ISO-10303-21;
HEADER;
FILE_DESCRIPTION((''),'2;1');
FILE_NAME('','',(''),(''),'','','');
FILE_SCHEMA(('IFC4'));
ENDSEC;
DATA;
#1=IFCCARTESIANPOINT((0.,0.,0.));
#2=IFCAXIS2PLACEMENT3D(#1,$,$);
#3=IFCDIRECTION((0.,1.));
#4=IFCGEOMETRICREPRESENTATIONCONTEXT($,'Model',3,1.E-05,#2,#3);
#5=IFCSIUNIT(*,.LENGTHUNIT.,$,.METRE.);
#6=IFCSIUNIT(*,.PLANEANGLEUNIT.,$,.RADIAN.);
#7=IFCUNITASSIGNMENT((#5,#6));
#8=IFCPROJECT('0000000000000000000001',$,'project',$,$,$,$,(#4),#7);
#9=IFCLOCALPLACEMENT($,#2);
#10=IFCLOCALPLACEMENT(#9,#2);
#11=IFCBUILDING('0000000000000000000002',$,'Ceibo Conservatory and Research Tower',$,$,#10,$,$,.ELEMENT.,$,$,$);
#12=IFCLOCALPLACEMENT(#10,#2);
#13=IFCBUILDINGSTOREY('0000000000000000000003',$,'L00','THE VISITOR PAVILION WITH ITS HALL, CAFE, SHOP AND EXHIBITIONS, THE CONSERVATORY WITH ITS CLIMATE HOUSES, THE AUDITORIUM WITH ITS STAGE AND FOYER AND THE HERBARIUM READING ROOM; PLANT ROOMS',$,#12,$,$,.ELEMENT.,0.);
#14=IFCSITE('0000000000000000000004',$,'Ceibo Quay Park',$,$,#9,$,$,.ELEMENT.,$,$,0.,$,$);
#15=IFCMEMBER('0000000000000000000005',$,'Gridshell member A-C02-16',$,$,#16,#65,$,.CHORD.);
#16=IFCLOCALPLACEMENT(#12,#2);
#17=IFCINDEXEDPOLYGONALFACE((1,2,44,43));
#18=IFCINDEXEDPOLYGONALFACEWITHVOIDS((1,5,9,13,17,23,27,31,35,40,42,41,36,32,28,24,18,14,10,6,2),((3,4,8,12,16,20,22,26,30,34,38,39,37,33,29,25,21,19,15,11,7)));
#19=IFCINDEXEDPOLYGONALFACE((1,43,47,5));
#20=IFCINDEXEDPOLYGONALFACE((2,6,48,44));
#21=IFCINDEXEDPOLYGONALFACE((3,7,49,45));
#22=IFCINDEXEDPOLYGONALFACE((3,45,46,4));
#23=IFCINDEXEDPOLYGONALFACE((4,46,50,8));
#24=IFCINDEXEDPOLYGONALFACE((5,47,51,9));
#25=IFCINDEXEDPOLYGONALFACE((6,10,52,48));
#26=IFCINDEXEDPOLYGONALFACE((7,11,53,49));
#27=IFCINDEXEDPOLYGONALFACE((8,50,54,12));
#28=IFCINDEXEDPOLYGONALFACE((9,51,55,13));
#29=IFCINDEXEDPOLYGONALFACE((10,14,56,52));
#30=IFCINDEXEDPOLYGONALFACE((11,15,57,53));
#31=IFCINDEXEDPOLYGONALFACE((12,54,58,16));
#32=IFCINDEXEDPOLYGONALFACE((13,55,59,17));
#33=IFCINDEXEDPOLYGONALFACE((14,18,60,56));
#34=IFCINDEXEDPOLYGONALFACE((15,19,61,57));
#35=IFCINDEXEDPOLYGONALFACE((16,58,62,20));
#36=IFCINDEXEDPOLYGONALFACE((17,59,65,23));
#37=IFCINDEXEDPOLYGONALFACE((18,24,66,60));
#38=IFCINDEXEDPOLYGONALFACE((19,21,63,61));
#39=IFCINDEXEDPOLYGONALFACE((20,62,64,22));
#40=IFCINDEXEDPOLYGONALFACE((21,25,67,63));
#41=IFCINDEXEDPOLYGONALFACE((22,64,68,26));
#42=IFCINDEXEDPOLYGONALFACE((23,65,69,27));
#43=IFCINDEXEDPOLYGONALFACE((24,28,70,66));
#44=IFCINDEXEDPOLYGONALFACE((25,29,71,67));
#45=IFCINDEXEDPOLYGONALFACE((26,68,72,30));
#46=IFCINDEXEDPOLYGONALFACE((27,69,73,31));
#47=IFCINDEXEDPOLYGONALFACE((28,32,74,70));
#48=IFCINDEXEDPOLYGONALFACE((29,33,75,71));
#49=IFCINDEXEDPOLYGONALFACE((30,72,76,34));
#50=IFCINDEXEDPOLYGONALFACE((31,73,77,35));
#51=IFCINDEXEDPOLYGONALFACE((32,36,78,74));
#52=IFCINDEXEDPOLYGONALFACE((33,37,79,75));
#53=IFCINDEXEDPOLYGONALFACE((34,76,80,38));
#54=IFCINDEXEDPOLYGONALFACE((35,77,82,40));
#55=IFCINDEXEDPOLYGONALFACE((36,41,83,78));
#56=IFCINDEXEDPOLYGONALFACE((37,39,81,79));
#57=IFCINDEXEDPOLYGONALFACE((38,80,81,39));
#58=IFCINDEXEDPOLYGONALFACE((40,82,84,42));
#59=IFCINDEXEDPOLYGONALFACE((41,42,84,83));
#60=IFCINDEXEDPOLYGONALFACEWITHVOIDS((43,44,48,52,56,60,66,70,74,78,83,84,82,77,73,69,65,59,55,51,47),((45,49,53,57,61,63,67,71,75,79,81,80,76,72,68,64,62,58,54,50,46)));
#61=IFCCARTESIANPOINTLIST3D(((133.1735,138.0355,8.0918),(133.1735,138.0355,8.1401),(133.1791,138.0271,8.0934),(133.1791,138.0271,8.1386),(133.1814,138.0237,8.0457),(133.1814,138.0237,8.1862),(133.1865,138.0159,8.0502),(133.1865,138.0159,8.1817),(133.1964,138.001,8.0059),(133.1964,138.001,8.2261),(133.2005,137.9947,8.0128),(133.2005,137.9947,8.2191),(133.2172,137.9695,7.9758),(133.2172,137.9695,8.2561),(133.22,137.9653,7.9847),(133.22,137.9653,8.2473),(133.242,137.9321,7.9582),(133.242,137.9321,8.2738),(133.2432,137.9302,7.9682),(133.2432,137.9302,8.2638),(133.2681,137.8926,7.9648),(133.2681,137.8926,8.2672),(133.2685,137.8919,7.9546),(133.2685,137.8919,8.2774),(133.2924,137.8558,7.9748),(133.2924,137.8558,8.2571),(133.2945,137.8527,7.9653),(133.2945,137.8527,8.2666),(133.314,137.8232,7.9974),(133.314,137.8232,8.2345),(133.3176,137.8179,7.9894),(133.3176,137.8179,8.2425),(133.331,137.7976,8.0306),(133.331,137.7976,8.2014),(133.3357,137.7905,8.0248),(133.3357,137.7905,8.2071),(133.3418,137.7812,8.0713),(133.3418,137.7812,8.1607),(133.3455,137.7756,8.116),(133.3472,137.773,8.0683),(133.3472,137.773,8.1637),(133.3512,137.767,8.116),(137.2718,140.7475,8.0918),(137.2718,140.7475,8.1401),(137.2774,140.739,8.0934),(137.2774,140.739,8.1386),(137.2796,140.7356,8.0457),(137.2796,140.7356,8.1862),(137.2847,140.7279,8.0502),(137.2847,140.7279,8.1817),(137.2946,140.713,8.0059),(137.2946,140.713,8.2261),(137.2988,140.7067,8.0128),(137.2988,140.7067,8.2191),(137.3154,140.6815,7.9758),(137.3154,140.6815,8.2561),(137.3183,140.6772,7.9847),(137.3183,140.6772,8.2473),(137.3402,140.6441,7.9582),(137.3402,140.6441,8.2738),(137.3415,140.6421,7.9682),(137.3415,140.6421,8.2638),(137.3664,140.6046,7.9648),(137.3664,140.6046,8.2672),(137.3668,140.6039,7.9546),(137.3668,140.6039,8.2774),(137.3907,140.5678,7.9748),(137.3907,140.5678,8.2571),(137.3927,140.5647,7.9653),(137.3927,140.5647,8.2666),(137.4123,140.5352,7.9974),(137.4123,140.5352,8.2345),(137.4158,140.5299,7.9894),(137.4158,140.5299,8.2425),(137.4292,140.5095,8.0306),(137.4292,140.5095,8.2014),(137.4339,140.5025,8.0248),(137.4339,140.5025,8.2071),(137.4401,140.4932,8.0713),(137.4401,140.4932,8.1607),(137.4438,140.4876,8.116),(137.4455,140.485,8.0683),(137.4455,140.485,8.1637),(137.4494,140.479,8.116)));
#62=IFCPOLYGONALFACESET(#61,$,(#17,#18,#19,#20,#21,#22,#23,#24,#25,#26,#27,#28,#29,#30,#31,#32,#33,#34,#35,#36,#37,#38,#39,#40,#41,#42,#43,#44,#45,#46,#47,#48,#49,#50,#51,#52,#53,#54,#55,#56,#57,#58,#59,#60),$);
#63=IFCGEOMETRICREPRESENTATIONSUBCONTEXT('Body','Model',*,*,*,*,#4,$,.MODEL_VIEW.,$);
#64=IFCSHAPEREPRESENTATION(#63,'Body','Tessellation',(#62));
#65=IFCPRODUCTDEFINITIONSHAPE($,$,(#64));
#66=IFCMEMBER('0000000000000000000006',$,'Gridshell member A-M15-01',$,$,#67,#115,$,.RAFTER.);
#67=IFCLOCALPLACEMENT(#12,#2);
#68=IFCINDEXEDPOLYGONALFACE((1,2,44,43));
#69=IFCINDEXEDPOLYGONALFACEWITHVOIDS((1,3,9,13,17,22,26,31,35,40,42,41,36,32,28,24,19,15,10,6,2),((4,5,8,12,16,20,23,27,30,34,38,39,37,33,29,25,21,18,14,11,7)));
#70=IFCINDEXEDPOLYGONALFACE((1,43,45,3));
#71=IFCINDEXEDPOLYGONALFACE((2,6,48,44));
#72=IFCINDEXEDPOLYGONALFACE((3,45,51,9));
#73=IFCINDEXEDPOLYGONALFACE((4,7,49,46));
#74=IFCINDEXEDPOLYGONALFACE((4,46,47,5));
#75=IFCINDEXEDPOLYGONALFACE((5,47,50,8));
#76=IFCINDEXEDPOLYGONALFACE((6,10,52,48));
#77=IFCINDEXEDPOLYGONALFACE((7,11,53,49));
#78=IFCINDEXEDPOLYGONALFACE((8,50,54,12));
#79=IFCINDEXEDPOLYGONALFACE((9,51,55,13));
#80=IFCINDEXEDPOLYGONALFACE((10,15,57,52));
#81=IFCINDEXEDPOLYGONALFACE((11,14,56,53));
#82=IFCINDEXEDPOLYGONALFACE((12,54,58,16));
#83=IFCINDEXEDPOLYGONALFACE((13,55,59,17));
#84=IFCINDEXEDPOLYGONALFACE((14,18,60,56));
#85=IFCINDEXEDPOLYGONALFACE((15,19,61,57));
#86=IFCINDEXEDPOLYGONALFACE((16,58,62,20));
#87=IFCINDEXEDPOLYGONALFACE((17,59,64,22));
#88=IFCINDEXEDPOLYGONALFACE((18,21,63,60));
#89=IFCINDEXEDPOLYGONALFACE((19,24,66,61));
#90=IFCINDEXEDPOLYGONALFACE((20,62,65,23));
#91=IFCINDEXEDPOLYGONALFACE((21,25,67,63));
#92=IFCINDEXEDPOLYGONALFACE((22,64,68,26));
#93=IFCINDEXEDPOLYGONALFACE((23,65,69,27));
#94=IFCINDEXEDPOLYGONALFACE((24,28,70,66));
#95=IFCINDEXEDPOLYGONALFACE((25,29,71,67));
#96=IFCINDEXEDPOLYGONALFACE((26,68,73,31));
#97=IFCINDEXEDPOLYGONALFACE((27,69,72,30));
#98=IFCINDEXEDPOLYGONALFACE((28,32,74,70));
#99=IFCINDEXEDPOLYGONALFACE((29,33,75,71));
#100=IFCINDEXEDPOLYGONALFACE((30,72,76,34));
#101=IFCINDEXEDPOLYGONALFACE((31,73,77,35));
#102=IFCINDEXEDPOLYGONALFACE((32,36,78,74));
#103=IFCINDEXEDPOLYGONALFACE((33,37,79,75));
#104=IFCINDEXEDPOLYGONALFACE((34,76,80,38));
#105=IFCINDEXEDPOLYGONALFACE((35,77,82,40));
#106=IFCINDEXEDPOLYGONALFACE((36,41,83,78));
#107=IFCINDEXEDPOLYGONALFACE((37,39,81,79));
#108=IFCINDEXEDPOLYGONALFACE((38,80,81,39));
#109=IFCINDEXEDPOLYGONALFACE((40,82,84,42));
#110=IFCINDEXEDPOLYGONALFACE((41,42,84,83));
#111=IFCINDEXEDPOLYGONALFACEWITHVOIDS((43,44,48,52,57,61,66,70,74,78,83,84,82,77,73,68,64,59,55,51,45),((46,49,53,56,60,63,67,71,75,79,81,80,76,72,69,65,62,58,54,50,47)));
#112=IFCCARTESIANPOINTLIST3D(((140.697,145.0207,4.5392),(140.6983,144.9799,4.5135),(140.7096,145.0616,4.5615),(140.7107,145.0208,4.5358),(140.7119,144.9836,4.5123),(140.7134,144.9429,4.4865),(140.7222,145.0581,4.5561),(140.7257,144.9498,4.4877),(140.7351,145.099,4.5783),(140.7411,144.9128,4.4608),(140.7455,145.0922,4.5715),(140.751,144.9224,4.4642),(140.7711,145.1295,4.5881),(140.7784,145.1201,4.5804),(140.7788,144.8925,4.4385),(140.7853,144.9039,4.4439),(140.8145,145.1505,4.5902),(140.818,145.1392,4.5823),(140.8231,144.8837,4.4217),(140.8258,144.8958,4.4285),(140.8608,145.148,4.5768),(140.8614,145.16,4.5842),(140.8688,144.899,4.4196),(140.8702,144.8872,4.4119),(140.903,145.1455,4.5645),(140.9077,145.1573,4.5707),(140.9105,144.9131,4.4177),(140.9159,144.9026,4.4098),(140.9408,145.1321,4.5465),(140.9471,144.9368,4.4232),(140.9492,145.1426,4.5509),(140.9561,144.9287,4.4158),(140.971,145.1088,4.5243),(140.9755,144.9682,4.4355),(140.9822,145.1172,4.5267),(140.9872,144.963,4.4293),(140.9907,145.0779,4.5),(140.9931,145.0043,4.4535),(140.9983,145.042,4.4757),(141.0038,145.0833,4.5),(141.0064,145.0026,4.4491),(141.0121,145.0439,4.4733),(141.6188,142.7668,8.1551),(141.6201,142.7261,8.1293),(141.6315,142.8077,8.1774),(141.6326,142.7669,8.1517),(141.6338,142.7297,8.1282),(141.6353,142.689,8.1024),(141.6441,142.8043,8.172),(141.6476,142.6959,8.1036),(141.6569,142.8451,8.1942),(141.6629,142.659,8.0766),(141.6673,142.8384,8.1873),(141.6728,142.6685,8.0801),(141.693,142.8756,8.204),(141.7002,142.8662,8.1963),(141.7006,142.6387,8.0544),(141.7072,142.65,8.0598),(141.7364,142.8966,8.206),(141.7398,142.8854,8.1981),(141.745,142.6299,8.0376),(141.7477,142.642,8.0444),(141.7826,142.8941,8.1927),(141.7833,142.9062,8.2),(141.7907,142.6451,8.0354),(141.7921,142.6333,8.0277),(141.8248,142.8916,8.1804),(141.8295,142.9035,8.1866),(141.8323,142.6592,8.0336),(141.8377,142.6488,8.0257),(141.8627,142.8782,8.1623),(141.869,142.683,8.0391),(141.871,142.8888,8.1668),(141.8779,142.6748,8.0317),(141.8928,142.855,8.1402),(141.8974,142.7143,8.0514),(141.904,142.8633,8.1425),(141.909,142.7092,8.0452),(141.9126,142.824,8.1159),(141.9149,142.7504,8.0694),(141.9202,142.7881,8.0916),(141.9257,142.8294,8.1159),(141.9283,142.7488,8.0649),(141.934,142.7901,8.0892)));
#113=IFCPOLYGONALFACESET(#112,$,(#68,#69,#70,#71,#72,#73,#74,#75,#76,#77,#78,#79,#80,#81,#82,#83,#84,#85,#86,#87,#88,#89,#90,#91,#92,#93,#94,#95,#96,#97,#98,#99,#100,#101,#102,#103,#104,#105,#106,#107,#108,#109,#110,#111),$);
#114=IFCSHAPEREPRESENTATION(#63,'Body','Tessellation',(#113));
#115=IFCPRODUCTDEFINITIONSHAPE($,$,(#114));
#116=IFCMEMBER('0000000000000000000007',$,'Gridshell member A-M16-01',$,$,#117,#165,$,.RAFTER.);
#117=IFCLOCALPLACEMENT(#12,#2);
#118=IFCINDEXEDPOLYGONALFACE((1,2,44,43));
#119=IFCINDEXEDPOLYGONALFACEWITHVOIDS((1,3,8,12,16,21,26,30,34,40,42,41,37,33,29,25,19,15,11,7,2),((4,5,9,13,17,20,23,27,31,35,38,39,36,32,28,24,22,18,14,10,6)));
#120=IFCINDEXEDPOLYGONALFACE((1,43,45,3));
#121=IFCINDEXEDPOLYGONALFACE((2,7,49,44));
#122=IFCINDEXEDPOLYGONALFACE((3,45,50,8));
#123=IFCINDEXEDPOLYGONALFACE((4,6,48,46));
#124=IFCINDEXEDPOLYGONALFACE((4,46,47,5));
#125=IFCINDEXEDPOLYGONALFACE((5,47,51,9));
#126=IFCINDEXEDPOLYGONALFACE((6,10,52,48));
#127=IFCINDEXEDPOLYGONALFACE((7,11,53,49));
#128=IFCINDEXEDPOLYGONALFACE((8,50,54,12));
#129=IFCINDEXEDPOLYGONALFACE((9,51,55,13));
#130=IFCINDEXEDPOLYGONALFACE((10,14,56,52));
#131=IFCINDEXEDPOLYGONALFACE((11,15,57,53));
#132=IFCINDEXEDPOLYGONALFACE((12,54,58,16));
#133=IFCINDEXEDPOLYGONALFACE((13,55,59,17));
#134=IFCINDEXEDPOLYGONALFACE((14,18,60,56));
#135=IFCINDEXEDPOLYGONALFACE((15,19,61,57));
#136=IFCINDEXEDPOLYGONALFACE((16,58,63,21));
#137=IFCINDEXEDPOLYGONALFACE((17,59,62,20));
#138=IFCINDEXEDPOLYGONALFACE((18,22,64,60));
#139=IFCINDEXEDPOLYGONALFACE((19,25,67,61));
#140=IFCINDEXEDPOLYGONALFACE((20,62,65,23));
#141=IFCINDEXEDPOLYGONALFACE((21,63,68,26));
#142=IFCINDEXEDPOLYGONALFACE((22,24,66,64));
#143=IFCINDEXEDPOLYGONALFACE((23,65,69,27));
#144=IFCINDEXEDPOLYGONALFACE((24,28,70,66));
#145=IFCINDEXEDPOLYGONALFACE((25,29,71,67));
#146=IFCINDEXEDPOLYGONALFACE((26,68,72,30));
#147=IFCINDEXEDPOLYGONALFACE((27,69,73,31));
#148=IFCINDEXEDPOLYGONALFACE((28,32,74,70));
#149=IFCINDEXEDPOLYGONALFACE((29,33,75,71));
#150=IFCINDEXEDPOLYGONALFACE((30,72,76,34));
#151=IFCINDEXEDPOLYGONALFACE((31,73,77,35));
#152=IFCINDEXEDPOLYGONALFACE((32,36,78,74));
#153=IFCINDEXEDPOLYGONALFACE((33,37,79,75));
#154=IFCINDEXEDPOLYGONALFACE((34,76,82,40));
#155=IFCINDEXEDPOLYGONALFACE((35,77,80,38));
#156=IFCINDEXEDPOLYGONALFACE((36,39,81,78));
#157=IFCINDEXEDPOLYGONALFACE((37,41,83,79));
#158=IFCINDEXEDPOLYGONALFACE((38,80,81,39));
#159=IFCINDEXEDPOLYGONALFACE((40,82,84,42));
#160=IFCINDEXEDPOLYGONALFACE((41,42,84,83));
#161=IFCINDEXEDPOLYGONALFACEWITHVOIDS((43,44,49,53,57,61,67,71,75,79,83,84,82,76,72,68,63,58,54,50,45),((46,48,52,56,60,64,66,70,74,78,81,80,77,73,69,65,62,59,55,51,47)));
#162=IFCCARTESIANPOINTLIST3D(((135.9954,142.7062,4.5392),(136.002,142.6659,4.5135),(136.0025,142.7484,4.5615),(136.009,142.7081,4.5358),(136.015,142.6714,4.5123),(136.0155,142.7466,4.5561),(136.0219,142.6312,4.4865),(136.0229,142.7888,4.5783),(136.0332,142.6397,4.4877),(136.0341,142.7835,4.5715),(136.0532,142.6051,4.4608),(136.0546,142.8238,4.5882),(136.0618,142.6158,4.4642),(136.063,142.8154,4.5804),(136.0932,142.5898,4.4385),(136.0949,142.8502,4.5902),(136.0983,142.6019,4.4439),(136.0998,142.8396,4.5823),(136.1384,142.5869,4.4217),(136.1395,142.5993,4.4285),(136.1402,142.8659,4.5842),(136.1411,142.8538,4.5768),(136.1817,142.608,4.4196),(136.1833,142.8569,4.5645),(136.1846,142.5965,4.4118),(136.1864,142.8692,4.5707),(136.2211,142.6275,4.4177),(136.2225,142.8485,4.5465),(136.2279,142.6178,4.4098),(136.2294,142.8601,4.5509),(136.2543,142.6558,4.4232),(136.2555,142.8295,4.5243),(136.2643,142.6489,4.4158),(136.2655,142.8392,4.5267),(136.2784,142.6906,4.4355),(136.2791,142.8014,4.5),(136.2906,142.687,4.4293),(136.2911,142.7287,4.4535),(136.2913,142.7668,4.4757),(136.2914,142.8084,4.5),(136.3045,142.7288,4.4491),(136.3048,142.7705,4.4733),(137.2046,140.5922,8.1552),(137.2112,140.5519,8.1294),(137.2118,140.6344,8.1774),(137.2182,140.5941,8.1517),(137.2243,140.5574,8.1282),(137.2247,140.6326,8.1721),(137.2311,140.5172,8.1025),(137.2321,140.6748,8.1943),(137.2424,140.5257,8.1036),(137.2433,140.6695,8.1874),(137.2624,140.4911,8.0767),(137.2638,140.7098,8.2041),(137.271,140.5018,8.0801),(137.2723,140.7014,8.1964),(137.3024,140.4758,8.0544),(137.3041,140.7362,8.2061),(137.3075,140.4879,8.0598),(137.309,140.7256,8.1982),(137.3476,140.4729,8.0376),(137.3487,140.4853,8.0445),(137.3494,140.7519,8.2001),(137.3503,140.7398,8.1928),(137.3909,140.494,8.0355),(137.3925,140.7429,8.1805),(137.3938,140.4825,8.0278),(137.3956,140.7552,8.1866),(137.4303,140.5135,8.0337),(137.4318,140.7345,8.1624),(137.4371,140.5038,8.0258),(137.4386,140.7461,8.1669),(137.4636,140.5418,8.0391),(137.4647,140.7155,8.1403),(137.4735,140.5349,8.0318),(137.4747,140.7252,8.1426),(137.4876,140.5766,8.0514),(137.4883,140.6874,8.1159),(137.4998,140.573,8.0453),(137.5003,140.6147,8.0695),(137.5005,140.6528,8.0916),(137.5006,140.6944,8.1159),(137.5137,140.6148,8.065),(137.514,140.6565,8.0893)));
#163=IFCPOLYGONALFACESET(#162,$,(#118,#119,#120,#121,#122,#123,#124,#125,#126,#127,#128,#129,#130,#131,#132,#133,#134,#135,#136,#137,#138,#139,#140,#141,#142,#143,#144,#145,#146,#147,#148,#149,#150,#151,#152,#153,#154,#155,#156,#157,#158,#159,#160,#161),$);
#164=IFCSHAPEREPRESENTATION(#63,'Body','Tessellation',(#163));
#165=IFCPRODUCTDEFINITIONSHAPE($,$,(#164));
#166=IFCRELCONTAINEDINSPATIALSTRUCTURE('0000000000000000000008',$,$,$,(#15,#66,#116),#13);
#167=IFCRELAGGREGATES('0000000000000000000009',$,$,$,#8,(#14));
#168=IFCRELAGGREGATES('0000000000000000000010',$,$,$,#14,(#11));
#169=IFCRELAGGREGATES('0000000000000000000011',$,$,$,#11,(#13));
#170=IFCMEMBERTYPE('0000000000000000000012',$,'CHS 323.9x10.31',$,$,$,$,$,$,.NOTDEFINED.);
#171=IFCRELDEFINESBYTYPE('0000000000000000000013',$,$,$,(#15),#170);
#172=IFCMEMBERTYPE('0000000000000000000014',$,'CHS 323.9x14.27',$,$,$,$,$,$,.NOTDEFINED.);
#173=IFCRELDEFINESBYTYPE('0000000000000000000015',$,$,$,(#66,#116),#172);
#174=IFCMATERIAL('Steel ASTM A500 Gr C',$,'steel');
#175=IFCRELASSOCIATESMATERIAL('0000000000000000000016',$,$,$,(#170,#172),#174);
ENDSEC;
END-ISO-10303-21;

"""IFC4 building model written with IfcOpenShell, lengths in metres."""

from ifc_helpers import new_model, si_unit, direction, frame, origin, origin_2d, place, context, subcontext, project, spatial, hollow_circle, extrude, material, material_profile, profile_set, type_object, element, save


model = new_model("IFC4")

# Units and contexts
model_context = context("Model", 3, precision=1e-05, world=origin(), true_north=direction((0.0, 1.0)))
body_context = subcontext(model_context, "Body", "Model", "MODEL_VIEW")
ifc_project = project(units=[si_unit("LENGTHUNIT", "METRE"), si_unit("PLANEANGLEUNIT", "RADIAN")], contexts=[model_context])

# Site, building, storey
site_placement = place(None, origin())
site = spatial("IfcSite", under=ifc_project, at=site_placement, Name="Ceibo Quay Park", CompositionType="ELEMENT", RefElevation=0.0)
building_placement = place(site_placement, origin())
building = spatial("IfcBuilding", under=site, at=building_placement, Name="Ceibo Conservatory and Research Tower", CompositionType="ELEMENT")
storey_placement = place(building_placement, origin())
storey = spatial("IfcBuildingStorey", under=building, at=storey_placement, Name="L00", Description="THE VISITOR PAVILION WITH ITS HALL, CAFE, SHOP AND EXHIBITIONS, THE CONSERVATORY WITH ITS CLIMATE HOUSES, THE AUDITORIUM WITH ITS STAGE AND FOYER AND THE HERBARIUM READING ROOM; PLANT ROOMS", CompositionType="ELEMENT", Elevation=0.0)

# Members
ifc_material_1 = material(Name="Steel ASTM A500 Gr C", Category="steel")
ifc_material_profile_1 = material_profile(ifc_material_1, hollow_circle(Radius=0.1619, WallThickness=0.0103, at=origin_2d()), Name="CHS 323.9x10.31")
ifc_profile_set_1 = profile_set([ifc_material_profile_1], Name="Steel ASTM A500 Gr C")
member_type_1 = type_object("IfcMemberType", Name="CHS 323.9x10.31", PredefinedType="NOTDEFINED", material=ifc_profile_set_1)
member_1_placement = place(storey_placement, frame((137.3601, 140.614, 8.116), z_axis=(-0.833941, -0.551854, 0.0), x_axis=(0.551854, -0.833941, 0.0)))
element("IfcMember", 1, at=member_1_placement, inside=storey, type_object=member_type_1, Name="Gridshell member A-C02-16", PredefinedType="CHORD", context=body_context, shape_type="SweptSolid", body=[
    extrude(hollow_circle(Radius=0.1619, WallThickness=0.0103, at=origin_2d()), origin(), (0.0, 0.0, 1.0), 4.9143),
])
ifc_material_profile_2 = material_profile(ifc_material_1, hollow_circle(Radius=0.1619, WallThickness=0.0142, at=origin_2d()), Name="CHS 323.9x14.27")
ifc_profile_set_2 = profile_set([ifc_material_profile_2], Name="Steel ASTM A500 Gr C")
member_type_2 = type_object("IfcMemberType", Name="CHS 323.9x14.27", PredefinedType="NOTDEFINED", material=ifc_profile_set_2)
member_2_placement = place(storey_placement, frame((140.854, 145.022, 4.5), z_axis=(0.211464, -0.517011, 0.829447), x_axis=(0.925573, 0.37857, 0.0)))
element("IfcMember", 2, at=member_2_placement, inside=storey, type_object=member_type_2, Name="Gridshell member A-M15-01", PredefinedType="RAFTER", context=body_context, shape_type="SweptSolid", body=[
    extrude(hollow_circle(Radius=0.1619, WallThickness=0.0142, at=origin_2d()), origin(), (0.0, 0.0, 1.0), 4.3594),
])
member_3_placement = place(storey_placement, frame((136.1509, 142.728, 4.5), z_axis=(0.277369, -0.484905, 0.829418), x_axis=(0.868027, 0.496517, 0.0)))
element("IfcMember", 3, at=member_3_placement, inside=storey, type_object=member_type_2, Name="Gridshell member A-M16-01", PredefinedType="RAFTER", context=body_context, shape_type="SweptSolid", body=[
    extrude(hollow_circle(Radius=0.1619, WallThickness=0.0142, at=origin_2d()), origin(), (0.0, 0.0, 1.0), 4.3596),
])

save(model, "model.ifc")
